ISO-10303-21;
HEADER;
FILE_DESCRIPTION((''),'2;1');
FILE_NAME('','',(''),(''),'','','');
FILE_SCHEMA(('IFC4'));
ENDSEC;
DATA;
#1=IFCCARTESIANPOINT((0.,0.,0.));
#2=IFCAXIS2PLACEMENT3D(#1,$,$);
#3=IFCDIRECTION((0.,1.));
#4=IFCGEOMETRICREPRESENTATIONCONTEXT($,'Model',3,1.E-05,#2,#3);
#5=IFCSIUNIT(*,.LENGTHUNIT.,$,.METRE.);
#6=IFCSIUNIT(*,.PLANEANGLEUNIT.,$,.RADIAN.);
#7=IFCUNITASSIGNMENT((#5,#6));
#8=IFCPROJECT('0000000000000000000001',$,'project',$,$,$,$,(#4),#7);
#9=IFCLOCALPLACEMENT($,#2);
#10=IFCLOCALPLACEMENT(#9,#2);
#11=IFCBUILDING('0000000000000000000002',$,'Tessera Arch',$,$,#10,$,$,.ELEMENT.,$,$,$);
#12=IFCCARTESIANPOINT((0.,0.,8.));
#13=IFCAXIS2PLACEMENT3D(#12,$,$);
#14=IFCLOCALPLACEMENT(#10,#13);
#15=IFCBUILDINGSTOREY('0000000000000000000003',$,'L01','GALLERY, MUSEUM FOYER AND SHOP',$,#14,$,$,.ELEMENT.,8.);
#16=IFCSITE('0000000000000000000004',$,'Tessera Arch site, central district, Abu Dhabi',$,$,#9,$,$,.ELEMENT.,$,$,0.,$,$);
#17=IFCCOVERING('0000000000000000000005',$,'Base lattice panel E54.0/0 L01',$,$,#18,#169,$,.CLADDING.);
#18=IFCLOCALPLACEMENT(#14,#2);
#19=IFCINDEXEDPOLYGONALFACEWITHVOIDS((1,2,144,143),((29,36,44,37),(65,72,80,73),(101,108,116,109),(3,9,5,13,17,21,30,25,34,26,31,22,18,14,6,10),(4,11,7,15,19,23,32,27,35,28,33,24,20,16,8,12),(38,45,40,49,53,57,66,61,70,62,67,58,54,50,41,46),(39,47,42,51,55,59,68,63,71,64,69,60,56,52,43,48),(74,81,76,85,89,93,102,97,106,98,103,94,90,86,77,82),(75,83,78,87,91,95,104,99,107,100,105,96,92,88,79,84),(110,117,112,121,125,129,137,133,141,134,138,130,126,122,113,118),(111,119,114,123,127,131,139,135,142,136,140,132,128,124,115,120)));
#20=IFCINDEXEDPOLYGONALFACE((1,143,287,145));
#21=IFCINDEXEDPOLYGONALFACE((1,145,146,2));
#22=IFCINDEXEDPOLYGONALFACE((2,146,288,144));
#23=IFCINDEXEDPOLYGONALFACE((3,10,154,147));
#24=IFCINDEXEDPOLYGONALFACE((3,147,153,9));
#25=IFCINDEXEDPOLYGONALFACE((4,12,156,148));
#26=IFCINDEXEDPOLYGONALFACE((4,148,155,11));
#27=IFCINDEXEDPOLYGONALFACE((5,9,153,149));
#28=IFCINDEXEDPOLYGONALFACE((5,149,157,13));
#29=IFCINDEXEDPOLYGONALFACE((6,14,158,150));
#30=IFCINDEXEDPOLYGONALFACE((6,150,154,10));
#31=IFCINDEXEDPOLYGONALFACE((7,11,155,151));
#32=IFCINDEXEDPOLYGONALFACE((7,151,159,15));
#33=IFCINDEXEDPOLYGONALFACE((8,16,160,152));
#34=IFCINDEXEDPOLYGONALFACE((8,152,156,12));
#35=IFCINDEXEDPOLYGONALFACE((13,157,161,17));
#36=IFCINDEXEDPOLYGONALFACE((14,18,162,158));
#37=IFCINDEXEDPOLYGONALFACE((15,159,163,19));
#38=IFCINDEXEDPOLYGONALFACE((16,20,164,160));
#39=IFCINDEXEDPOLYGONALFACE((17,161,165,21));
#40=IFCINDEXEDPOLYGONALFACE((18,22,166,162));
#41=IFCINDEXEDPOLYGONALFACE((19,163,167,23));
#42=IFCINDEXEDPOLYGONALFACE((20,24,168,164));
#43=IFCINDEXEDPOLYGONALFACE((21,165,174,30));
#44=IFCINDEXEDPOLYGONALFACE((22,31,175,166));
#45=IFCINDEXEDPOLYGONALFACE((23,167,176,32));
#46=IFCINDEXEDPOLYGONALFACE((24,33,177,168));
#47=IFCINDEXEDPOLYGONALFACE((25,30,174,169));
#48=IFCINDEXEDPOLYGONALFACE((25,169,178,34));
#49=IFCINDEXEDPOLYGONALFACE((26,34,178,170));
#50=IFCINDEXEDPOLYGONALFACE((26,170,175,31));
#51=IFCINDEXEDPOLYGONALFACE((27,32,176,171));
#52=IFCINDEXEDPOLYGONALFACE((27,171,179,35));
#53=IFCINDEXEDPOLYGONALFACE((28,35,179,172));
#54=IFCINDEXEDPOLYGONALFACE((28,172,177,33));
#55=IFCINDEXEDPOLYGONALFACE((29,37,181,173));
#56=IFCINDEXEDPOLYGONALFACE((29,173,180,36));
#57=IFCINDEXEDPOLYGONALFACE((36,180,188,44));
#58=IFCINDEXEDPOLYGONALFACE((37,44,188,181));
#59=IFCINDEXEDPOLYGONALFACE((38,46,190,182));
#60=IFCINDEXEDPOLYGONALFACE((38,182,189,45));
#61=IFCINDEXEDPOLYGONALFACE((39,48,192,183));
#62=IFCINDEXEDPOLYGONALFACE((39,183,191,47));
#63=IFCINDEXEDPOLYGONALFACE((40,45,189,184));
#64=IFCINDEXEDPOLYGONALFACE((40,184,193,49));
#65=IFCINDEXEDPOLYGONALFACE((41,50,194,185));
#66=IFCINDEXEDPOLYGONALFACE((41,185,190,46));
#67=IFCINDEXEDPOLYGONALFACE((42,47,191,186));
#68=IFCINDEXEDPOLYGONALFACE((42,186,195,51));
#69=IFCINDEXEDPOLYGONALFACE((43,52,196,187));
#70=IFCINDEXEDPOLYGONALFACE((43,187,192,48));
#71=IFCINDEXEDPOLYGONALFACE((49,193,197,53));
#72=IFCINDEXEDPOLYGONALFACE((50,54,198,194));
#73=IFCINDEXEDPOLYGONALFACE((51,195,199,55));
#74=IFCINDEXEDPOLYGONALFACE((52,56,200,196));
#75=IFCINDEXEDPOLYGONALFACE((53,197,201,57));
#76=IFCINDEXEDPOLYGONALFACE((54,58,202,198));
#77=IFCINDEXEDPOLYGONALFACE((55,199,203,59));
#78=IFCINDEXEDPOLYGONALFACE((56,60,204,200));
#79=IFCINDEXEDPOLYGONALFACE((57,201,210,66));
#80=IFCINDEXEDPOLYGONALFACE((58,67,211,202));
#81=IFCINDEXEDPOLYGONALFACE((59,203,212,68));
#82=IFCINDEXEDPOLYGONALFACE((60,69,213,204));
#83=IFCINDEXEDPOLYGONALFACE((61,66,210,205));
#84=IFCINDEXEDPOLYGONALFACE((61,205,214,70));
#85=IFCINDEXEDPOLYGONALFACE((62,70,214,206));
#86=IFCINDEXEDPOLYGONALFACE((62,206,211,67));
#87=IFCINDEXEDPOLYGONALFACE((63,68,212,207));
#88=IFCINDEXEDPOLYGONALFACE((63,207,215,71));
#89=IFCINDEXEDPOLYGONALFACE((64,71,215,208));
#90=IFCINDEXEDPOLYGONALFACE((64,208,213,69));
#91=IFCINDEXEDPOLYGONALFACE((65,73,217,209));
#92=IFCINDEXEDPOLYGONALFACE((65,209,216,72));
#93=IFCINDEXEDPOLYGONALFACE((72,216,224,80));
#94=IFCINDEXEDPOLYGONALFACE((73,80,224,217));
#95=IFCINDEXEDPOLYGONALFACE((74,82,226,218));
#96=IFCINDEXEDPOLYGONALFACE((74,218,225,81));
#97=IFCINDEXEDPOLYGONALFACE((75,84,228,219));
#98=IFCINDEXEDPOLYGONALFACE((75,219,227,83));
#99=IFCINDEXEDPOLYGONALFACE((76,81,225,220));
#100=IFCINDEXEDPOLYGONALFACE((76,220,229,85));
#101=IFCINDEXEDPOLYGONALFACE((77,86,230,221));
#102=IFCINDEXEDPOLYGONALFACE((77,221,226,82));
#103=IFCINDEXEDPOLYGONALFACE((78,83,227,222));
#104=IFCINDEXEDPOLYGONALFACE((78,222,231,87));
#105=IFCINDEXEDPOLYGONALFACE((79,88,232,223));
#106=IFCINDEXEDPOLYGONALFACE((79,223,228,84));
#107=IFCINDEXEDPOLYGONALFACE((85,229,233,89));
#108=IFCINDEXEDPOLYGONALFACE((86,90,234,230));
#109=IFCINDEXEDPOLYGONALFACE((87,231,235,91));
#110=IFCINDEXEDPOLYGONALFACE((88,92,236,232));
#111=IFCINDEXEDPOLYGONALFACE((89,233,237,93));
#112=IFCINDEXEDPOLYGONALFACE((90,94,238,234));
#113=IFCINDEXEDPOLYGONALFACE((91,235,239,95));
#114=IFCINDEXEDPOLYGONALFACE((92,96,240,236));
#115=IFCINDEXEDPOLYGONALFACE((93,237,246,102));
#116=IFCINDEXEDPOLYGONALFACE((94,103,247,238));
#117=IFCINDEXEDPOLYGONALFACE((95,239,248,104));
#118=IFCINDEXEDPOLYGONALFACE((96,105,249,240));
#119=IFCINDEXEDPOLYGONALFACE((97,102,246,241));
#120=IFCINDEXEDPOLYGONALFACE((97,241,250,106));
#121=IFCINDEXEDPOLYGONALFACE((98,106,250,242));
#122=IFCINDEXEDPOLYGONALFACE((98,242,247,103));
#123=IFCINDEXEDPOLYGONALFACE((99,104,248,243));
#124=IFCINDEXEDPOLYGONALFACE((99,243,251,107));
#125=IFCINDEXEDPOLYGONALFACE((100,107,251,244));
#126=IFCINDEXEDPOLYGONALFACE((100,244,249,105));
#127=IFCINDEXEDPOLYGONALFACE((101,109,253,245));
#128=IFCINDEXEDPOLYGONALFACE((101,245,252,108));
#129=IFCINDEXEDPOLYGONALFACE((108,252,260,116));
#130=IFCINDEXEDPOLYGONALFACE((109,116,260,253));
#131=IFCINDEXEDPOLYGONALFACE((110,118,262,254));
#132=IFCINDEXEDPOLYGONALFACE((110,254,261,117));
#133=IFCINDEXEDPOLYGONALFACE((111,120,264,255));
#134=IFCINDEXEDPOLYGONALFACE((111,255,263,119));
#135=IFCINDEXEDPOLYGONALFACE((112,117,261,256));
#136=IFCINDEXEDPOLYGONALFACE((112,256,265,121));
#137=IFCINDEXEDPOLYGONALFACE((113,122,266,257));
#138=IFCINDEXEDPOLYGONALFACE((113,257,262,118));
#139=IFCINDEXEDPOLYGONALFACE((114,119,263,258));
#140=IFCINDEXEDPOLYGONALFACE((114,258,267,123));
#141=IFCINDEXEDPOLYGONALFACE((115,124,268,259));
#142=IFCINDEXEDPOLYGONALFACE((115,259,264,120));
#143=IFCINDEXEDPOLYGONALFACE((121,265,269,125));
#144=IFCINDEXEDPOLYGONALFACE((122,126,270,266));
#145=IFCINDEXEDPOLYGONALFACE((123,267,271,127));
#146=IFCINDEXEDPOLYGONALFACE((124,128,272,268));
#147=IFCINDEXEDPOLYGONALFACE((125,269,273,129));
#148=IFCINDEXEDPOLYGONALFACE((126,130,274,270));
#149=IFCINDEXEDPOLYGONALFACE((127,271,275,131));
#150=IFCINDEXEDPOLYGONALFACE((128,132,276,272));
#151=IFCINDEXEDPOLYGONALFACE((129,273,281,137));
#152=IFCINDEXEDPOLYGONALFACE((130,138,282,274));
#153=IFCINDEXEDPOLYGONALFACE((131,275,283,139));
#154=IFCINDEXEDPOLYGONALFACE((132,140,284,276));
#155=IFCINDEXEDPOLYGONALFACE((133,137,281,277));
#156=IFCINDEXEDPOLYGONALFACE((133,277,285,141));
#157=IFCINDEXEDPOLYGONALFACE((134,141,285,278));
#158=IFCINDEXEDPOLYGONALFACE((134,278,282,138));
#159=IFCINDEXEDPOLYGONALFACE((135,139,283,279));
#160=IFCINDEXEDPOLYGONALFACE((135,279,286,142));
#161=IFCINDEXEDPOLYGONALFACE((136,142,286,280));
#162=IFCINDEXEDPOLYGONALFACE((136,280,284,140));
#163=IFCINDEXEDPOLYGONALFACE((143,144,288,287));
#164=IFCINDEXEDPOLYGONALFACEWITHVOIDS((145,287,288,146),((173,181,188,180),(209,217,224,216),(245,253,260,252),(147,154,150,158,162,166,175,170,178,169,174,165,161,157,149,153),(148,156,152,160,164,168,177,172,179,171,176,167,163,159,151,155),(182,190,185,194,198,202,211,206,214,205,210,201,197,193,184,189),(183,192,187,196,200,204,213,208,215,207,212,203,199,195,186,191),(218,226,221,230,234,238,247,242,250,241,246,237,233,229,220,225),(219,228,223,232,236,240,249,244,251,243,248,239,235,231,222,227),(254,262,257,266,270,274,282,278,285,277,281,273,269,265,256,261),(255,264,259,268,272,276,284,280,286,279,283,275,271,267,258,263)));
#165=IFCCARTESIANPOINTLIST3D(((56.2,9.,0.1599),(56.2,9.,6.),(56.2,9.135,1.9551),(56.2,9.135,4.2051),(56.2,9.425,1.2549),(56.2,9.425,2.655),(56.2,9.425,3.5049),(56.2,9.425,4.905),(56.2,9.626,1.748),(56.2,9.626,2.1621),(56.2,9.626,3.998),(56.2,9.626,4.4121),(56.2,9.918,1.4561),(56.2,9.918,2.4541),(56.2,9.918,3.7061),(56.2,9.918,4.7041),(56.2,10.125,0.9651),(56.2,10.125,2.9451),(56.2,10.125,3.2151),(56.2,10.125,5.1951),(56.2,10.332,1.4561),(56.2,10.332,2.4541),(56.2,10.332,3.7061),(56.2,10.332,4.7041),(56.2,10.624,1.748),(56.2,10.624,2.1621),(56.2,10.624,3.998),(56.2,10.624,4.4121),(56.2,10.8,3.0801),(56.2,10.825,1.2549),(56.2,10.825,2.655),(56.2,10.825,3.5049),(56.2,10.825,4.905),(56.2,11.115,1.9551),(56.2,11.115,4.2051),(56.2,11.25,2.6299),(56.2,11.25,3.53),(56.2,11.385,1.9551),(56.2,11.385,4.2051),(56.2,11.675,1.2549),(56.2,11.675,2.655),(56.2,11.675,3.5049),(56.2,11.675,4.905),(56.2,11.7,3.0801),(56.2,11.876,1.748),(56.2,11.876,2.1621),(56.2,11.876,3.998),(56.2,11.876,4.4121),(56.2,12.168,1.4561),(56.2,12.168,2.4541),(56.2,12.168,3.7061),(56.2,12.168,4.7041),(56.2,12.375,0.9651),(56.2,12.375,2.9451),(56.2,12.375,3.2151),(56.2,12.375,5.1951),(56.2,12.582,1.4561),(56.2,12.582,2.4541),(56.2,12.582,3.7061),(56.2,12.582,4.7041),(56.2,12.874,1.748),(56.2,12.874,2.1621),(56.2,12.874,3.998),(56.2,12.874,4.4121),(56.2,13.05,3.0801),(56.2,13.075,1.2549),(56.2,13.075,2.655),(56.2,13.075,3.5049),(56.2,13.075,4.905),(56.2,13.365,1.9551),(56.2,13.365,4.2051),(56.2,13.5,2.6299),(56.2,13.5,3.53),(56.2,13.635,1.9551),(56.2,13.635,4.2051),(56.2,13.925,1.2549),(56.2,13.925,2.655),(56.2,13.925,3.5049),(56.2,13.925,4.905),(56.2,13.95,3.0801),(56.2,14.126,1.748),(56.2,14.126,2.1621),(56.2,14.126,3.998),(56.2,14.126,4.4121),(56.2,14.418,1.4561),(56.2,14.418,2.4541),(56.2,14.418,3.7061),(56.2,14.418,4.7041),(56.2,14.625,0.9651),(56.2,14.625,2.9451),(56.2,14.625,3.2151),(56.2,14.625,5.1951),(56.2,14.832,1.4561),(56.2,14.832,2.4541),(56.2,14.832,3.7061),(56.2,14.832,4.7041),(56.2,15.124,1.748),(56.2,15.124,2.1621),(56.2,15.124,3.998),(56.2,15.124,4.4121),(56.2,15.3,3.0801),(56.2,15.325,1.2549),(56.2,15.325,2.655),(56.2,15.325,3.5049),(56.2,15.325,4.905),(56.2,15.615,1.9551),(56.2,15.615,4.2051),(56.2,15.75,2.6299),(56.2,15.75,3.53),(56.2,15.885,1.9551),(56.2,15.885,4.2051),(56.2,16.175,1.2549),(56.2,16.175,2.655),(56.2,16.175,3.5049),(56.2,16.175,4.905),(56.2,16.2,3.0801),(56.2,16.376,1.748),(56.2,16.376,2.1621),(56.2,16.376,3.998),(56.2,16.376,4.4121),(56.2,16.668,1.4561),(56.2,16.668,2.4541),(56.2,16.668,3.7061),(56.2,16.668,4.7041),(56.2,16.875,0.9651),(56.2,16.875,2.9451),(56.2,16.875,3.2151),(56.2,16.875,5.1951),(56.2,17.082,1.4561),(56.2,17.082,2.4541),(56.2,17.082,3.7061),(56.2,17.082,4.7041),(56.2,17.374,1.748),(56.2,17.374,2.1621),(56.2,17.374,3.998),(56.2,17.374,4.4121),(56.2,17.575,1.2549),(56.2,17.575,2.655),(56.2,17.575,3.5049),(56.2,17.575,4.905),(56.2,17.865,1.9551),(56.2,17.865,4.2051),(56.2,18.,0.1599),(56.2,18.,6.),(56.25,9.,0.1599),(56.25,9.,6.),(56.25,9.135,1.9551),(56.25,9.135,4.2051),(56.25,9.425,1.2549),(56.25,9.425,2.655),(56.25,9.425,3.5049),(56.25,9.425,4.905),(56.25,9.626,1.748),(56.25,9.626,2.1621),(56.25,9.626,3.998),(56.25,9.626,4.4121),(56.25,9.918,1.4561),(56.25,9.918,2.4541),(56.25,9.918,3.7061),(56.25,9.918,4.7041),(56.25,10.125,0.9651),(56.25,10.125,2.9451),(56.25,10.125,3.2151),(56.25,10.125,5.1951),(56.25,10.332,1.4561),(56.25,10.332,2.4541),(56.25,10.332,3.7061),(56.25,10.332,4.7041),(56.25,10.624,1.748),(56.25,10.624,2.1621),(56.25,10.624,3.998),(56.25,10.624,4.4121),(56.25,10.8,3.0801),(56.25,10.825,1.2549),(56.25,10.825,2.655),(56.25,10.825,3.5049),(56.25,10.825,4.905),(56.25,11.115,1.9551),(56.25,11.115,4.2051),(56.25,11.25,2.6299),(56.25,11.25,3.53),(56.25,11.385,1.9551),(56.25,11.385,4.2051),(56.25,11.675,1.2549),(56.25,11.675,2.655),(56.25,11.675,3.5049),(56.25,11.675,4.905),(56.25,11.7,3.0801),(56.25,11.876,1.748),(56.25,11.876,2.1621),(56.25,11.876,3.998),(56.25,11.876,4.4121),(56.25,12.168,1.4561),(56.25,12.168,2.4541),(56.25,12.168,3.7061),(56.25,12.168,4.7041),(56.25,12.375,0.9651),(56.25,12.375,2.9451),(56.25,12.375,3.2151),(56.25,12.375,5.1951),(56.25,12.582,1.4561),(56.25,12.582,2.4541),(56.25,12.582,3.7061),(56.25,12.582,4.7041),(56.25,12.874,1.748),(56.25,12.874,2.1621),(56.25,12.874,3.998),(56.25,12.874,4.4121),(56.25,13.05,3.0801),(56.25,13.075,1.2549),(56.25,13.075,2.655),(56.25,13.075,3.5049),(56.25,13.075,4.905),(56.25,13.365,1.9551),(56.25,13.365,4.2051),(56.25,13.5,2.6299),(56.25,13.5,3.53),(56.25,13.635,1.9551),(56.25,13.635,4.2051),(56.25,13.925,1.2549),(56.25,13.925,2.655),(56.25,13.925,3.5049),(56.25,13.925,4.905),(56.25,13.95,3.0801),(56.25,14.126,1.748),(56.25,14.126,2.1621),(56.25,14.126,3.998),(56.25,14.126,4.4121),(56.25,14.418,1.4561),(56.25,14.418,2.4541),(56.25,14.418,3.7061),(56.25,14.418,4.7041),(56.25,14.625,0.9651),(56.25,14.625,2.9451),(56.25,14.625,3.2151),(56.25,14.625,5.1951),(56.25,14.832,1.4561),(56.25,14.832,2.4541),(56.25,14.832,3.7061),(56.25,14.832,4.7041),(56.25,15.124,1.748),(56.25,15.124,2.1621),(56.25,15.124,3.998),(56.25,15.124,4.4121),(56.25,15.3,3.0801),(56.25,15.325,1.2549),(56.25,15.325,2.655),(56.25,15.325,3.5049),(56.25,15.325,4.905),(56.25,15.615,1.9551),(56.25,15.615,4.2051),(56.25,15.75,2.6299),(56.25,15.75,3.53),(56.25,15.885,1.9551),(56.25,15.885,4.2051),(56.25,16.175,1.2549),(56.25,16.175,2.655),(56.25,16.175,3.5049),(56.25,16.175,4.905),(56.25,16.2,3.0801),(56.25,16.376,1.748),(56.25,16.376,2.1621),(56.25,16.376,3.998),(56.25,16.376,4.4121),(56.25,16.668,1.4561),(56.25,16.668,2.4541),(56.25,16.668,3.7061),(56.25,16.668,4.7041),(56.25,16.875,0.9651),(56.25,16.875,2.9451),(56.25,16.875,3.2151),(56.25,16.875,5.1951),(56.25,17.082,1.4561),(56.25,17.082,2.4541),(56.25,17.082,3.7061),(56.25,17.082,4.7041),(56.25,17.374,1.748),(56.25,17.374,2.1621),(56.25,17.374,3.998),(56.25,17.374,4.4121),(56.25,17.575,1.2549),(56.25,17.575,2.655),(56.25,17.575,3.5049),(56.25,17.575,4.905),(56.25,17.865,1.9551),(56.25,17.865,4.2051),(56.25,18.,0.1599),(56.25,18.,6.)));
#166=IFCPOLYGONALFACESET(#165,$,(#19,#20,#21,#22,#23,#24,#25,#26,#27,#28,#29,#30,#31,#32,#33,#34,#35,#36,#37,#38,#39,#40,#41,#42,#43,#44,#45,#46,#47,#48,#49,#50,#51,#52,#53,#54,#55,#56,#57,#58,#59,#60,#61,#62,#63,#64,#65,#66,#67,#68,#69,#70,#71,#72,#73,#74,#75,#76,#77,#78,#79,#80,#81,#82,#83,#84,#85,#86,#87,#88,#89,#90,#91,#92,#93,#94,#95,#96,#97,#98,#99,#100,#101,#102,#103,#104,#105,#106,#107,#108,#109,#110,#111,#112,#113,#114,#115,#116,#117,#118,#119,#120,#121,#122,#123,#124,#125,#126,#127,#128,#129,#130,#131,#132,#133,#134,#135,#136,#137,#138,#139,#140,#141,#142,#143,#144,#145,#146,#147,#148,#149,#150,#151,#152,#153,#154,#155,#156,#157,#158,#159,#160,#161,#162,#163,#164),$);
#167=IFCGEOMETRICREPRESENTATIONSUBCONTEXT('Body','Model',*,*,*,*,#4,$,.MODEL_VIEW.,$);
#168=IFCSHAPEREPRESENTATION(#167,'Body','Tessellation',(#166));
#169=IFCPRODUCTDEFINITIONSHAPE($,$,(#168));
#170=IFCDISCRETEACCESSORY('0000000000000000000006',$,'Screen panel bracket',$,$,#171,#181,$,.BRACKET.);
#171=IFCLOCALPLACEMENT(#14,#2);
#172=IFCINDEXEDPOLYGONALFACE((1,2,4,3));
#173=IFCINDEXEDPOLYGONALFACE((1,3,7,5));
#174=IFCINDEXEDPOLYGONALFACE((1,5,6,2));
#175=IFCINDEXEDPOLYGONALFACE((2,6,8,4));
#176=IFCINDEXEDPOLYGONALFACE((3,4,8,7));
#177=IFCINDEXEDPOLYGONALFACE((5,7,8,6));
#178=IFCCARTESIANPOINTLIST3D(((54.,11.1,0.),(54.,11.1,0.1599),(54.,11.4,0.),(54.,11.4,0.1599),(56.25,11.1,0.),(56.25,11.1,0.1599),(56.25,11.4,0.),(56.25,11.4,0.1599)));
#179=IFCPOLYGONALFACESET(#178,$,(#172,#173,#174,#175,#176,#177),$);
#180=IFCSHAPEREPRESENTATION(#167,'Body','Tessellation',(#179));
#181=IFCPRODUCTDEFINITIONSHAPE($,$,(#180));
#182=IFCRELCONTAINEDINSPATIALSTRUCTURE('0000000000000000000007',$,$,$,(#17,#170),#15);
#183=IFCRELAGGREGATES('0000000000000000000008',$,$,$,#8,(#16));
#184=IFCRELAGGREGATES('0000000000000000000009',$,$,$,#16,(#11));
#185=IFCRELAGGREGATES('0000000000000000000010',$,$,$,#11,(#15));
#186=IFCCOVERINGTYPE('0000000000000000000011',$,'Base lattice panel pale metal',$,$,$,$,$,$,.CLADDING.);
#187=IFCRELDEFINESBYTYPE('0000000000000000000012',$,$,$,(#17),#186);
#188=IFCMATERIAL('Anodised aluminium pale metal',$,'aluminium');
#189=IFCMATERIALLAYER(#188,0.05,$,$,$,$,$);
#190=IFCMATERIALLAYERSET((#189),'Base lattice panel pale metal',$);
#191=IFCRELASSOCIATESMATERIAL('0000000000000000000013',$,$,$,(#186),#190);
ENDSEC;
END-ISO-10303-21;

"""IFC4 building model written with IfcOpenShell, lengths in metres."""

from ifc_helpers import new_model, si_unit, direction, frame, origin, origin_2d, place, context, subcontext, project, spatial, polyline, rectangle, outline, extrude, material, layer, layer_set, type_object, element, save


model = new_model("IFC4")

# Units and contexts
model_context = context("Model", 3, precision=1e-05, world=origin(), true_north=direction((0.0, 1.0)))
body_context = subcontext(model_context, "Body", "Model", "MODEL_VIEW")
ifc_project = project(units=[si_unit("LENGTHUNIT", "METRE"), si_unit("PLANEANGLEUNIT", "RADIAN")], contexts=[model_context])

# Site, building, storey
site_placement = place(None, origin())
site = spatial("IfcSite", under=ifc_project, at=site_placement, Name="Tessera Arch site, central district, Abu Dhabi", CompositionType="ELEMENT", RefElevation=0.0)
building_placement = place(site_placement, origin())
building = spatial("IfcBuilding", under=site, at=building_placement, Name="Tessera Arch", CompositionType="ELEMENT")
storey_placement = place(building_placement, frame((0.0, 0.0, 8.0)))
storey = spatial("IfcBuildingStorey", under=building, at=storey_placement, Name="L01", Description="GALLERY, MUSEUM FOYER AND SHOP", CompositionType="ELEMENT", Elevation=8.0)

# Covering
ifc_material_1 = material(Name="Anodised aluminium pale metal", Category="aluminium")
ifc_layer_1 = layer(ifc_material_1, 0.05)
ifc_layer_set_1 = layer_set([ifc_layer_1], Name="Base lattice panel pale metal")
covering_type = type_object("IfcCoveringType", Name="Base lattice panel pale metal", PredefinedType="CLADDING", material=ifc_layer_set_1)
covering_placement = place(storey_placement, frame((56.2, 9.0, 6.0), z_axis=(-1.0, 0.0, 0.0), x_axis=(0.0, 1.0, 0.0)))
element("IfcCovering", 1, at=covering_placement, inside=storey, type_object=covering_type, Name="Base lattice panel E54.0/0 L01", PredefinedType="CLADDING", context=body_context, shape_type="SweptSolid", body=[
    extrude(outline(polyline([(0.0, 0.0), (9.0, 0.0), (9.0, 5.8401), (0.0, 5.8401), (0.0, 0.0)]), holes=[polyline([(2.115, 4.0449), (1.624, 3.8379), (1.825, 3.345), (1.332, 3.5459), (1.125, 3.0549), (0.918, 3.5459), (0.425, 3.345), (0.626, 3.8379), (0.135, 4.0449), (0.626, 4.252), (0.425, 4.7451), (0.918, 4.5439), (1.125, 5.0349), (1.332, 4.5439), (1.825, 4.7451), (1.624, 4.252), (2.115, 4.0449)]), polyline([(2.115, 1.7949), (1.624, 1.5879), (1.825, 1.095), (1.332, 1.2959), (1.125, 0.8049), (0.918, 1.2959), (0.425, 1.095), (0.626, 1.5879), (0.135, 1.7949), (0.626, 2.002), (0.425, 2.4951), (0.918, 2.2939), (1.125, 2.7849), (1.332, 2.2939), (1.825, 2.4951), (1.624, 2.002), (2.115, 1.7949)]), polyline([(4.365, 4.0449), (3.874, 3.8379), (4.075, 3.345), (3.582, 3.5459), (3.375, 3.0549), (3.168, 3.5459), (2.675, 3.345), (2.876, 3.8379), (2.385, 4.0449), (2.876, 4.252), (2.675, 4.7451), (3.168, 4.5439), (3.375, 5.0349), (3.582, 4.5439), (4.075, 4.7451), (3.874, 4.252), (4.365, 4.0449)]), polyline([(4.365, 1.7949), (3.874, 1.5879), (4.075, 1.095), (3.582, 1.2959), (3.375, 0.8049), (3.168, 1.2959), (2.675, 1.095), (2.876, 1.5879), (2.385, 1.7949), (2.876, 2.002), (2.675, 2.4951), (3.168, 2.2939), (3.375, 2.7849), (3.582, 2.2939), (4.075, 2.4951), (3.874, 2.002), (4.365, 1.7949)]), polyline([(6.615, 4.0449), (6.124, 3.8379), (6.325, 3.345), (5.832, 3.5459), (5.625, 3.0549), (5.418, 3.5459), (4.925, 3.345), (5.126, 3.8379), (4.635, 4.0449), (5.126, 4.252), (4.925, 4.7451), (5.418, 4.5439), (5.625, 5.0349), (5.832, 4.5439), (6.325, 4.7451), (6.124, 4.252), (6.615, 4.0449)]), polyline([(6.615, 1.7949), (6.124, 1.5879), (6.325, 1.095), (5.832, 1.2959), (5.625, 0.8049), (5.418, 1.2959), (4.925, 1.095), (5.126, 1.5879), (4.635, 1.7949), (5.126, 2.002), (4.925, 2.4951), (5.418, 2.2939), (5.625, 2.7849), (5.832, 2.2939), (6.325, 2.4951), (6.124, 2.002), (6.615, 1.7949)]), polyline([(8.865, 4.0449), (8.374, 3.8379), (8.575, 3.345), (8.082, 3.5459), (7.875, 3.0549), (7.668, 3.5459), (7.175, 3.345), (7.376, 3.8379), (6.885, 4.0449), (7.376, 4.252), (7.175, 4.7451), (7.668, 4.5439), (7.875, 5.0349), (8.082, 4.5439), (8.575, 4.7451), (8.374, 4.252), (8.865, 4.0449)]), polyline([(8.865, 1.7949), (8.374, 1.5879), (8.575, 1.095), (8.082, 1.2959), (7.875, 0.8049), (7.668, 1.2959), (7.175, 1.095), (7.376, 1.5879), (6.885, 1.7949), (7.376, 2.002), (7.175, 2.4951), (7.668, 2.2939), (7.875, 2.7849), (8.082, 2.2939), (8.575, 2.4951), (8.374, 2.002), (8.865, 1.7949)]), polyline([(2.7, 2.9199), (2.25, 2.47), (1.8, 2.9199), (2.25, 3.3701), (2.7, 2.9199)]), polyline([(4.95, 2.9199), (4.5, 2.47), (4.05, 2.9199), (4.5, 3.3701), (4.95, 2.9199)]), polyline([(7.2, 2.9199), (6.75, 2.47), (6.3, 2.9199), (6.75, 3.3701), (7.2, 2.9199)])]), origin(), (0.0, 0.0, -1.0), 0.05),
])

# Discrete accessory
discrete_accessory_1_placement = place(storey_placement, frame((55.125, 11.25, 0.0), z_axis=(0.0, 0.0, 1.0), x_axis=(1.0, 0.0, 0.0)))
element("IfcDiscreteAccessory", 2, at=discrete_accessory_1_placement, inside=storey, Name="Screen panel bracket", PredefinedType="BRACKET", context=body_context, shape_type="SweptSolid", body=[
    extrude(rectangle(XDim=2.25, YDim=0.3, at=origin_2d()), origin(), (0.0, 0.0, 1.0), 0.1599),
])

save(model, "model.ifc")
